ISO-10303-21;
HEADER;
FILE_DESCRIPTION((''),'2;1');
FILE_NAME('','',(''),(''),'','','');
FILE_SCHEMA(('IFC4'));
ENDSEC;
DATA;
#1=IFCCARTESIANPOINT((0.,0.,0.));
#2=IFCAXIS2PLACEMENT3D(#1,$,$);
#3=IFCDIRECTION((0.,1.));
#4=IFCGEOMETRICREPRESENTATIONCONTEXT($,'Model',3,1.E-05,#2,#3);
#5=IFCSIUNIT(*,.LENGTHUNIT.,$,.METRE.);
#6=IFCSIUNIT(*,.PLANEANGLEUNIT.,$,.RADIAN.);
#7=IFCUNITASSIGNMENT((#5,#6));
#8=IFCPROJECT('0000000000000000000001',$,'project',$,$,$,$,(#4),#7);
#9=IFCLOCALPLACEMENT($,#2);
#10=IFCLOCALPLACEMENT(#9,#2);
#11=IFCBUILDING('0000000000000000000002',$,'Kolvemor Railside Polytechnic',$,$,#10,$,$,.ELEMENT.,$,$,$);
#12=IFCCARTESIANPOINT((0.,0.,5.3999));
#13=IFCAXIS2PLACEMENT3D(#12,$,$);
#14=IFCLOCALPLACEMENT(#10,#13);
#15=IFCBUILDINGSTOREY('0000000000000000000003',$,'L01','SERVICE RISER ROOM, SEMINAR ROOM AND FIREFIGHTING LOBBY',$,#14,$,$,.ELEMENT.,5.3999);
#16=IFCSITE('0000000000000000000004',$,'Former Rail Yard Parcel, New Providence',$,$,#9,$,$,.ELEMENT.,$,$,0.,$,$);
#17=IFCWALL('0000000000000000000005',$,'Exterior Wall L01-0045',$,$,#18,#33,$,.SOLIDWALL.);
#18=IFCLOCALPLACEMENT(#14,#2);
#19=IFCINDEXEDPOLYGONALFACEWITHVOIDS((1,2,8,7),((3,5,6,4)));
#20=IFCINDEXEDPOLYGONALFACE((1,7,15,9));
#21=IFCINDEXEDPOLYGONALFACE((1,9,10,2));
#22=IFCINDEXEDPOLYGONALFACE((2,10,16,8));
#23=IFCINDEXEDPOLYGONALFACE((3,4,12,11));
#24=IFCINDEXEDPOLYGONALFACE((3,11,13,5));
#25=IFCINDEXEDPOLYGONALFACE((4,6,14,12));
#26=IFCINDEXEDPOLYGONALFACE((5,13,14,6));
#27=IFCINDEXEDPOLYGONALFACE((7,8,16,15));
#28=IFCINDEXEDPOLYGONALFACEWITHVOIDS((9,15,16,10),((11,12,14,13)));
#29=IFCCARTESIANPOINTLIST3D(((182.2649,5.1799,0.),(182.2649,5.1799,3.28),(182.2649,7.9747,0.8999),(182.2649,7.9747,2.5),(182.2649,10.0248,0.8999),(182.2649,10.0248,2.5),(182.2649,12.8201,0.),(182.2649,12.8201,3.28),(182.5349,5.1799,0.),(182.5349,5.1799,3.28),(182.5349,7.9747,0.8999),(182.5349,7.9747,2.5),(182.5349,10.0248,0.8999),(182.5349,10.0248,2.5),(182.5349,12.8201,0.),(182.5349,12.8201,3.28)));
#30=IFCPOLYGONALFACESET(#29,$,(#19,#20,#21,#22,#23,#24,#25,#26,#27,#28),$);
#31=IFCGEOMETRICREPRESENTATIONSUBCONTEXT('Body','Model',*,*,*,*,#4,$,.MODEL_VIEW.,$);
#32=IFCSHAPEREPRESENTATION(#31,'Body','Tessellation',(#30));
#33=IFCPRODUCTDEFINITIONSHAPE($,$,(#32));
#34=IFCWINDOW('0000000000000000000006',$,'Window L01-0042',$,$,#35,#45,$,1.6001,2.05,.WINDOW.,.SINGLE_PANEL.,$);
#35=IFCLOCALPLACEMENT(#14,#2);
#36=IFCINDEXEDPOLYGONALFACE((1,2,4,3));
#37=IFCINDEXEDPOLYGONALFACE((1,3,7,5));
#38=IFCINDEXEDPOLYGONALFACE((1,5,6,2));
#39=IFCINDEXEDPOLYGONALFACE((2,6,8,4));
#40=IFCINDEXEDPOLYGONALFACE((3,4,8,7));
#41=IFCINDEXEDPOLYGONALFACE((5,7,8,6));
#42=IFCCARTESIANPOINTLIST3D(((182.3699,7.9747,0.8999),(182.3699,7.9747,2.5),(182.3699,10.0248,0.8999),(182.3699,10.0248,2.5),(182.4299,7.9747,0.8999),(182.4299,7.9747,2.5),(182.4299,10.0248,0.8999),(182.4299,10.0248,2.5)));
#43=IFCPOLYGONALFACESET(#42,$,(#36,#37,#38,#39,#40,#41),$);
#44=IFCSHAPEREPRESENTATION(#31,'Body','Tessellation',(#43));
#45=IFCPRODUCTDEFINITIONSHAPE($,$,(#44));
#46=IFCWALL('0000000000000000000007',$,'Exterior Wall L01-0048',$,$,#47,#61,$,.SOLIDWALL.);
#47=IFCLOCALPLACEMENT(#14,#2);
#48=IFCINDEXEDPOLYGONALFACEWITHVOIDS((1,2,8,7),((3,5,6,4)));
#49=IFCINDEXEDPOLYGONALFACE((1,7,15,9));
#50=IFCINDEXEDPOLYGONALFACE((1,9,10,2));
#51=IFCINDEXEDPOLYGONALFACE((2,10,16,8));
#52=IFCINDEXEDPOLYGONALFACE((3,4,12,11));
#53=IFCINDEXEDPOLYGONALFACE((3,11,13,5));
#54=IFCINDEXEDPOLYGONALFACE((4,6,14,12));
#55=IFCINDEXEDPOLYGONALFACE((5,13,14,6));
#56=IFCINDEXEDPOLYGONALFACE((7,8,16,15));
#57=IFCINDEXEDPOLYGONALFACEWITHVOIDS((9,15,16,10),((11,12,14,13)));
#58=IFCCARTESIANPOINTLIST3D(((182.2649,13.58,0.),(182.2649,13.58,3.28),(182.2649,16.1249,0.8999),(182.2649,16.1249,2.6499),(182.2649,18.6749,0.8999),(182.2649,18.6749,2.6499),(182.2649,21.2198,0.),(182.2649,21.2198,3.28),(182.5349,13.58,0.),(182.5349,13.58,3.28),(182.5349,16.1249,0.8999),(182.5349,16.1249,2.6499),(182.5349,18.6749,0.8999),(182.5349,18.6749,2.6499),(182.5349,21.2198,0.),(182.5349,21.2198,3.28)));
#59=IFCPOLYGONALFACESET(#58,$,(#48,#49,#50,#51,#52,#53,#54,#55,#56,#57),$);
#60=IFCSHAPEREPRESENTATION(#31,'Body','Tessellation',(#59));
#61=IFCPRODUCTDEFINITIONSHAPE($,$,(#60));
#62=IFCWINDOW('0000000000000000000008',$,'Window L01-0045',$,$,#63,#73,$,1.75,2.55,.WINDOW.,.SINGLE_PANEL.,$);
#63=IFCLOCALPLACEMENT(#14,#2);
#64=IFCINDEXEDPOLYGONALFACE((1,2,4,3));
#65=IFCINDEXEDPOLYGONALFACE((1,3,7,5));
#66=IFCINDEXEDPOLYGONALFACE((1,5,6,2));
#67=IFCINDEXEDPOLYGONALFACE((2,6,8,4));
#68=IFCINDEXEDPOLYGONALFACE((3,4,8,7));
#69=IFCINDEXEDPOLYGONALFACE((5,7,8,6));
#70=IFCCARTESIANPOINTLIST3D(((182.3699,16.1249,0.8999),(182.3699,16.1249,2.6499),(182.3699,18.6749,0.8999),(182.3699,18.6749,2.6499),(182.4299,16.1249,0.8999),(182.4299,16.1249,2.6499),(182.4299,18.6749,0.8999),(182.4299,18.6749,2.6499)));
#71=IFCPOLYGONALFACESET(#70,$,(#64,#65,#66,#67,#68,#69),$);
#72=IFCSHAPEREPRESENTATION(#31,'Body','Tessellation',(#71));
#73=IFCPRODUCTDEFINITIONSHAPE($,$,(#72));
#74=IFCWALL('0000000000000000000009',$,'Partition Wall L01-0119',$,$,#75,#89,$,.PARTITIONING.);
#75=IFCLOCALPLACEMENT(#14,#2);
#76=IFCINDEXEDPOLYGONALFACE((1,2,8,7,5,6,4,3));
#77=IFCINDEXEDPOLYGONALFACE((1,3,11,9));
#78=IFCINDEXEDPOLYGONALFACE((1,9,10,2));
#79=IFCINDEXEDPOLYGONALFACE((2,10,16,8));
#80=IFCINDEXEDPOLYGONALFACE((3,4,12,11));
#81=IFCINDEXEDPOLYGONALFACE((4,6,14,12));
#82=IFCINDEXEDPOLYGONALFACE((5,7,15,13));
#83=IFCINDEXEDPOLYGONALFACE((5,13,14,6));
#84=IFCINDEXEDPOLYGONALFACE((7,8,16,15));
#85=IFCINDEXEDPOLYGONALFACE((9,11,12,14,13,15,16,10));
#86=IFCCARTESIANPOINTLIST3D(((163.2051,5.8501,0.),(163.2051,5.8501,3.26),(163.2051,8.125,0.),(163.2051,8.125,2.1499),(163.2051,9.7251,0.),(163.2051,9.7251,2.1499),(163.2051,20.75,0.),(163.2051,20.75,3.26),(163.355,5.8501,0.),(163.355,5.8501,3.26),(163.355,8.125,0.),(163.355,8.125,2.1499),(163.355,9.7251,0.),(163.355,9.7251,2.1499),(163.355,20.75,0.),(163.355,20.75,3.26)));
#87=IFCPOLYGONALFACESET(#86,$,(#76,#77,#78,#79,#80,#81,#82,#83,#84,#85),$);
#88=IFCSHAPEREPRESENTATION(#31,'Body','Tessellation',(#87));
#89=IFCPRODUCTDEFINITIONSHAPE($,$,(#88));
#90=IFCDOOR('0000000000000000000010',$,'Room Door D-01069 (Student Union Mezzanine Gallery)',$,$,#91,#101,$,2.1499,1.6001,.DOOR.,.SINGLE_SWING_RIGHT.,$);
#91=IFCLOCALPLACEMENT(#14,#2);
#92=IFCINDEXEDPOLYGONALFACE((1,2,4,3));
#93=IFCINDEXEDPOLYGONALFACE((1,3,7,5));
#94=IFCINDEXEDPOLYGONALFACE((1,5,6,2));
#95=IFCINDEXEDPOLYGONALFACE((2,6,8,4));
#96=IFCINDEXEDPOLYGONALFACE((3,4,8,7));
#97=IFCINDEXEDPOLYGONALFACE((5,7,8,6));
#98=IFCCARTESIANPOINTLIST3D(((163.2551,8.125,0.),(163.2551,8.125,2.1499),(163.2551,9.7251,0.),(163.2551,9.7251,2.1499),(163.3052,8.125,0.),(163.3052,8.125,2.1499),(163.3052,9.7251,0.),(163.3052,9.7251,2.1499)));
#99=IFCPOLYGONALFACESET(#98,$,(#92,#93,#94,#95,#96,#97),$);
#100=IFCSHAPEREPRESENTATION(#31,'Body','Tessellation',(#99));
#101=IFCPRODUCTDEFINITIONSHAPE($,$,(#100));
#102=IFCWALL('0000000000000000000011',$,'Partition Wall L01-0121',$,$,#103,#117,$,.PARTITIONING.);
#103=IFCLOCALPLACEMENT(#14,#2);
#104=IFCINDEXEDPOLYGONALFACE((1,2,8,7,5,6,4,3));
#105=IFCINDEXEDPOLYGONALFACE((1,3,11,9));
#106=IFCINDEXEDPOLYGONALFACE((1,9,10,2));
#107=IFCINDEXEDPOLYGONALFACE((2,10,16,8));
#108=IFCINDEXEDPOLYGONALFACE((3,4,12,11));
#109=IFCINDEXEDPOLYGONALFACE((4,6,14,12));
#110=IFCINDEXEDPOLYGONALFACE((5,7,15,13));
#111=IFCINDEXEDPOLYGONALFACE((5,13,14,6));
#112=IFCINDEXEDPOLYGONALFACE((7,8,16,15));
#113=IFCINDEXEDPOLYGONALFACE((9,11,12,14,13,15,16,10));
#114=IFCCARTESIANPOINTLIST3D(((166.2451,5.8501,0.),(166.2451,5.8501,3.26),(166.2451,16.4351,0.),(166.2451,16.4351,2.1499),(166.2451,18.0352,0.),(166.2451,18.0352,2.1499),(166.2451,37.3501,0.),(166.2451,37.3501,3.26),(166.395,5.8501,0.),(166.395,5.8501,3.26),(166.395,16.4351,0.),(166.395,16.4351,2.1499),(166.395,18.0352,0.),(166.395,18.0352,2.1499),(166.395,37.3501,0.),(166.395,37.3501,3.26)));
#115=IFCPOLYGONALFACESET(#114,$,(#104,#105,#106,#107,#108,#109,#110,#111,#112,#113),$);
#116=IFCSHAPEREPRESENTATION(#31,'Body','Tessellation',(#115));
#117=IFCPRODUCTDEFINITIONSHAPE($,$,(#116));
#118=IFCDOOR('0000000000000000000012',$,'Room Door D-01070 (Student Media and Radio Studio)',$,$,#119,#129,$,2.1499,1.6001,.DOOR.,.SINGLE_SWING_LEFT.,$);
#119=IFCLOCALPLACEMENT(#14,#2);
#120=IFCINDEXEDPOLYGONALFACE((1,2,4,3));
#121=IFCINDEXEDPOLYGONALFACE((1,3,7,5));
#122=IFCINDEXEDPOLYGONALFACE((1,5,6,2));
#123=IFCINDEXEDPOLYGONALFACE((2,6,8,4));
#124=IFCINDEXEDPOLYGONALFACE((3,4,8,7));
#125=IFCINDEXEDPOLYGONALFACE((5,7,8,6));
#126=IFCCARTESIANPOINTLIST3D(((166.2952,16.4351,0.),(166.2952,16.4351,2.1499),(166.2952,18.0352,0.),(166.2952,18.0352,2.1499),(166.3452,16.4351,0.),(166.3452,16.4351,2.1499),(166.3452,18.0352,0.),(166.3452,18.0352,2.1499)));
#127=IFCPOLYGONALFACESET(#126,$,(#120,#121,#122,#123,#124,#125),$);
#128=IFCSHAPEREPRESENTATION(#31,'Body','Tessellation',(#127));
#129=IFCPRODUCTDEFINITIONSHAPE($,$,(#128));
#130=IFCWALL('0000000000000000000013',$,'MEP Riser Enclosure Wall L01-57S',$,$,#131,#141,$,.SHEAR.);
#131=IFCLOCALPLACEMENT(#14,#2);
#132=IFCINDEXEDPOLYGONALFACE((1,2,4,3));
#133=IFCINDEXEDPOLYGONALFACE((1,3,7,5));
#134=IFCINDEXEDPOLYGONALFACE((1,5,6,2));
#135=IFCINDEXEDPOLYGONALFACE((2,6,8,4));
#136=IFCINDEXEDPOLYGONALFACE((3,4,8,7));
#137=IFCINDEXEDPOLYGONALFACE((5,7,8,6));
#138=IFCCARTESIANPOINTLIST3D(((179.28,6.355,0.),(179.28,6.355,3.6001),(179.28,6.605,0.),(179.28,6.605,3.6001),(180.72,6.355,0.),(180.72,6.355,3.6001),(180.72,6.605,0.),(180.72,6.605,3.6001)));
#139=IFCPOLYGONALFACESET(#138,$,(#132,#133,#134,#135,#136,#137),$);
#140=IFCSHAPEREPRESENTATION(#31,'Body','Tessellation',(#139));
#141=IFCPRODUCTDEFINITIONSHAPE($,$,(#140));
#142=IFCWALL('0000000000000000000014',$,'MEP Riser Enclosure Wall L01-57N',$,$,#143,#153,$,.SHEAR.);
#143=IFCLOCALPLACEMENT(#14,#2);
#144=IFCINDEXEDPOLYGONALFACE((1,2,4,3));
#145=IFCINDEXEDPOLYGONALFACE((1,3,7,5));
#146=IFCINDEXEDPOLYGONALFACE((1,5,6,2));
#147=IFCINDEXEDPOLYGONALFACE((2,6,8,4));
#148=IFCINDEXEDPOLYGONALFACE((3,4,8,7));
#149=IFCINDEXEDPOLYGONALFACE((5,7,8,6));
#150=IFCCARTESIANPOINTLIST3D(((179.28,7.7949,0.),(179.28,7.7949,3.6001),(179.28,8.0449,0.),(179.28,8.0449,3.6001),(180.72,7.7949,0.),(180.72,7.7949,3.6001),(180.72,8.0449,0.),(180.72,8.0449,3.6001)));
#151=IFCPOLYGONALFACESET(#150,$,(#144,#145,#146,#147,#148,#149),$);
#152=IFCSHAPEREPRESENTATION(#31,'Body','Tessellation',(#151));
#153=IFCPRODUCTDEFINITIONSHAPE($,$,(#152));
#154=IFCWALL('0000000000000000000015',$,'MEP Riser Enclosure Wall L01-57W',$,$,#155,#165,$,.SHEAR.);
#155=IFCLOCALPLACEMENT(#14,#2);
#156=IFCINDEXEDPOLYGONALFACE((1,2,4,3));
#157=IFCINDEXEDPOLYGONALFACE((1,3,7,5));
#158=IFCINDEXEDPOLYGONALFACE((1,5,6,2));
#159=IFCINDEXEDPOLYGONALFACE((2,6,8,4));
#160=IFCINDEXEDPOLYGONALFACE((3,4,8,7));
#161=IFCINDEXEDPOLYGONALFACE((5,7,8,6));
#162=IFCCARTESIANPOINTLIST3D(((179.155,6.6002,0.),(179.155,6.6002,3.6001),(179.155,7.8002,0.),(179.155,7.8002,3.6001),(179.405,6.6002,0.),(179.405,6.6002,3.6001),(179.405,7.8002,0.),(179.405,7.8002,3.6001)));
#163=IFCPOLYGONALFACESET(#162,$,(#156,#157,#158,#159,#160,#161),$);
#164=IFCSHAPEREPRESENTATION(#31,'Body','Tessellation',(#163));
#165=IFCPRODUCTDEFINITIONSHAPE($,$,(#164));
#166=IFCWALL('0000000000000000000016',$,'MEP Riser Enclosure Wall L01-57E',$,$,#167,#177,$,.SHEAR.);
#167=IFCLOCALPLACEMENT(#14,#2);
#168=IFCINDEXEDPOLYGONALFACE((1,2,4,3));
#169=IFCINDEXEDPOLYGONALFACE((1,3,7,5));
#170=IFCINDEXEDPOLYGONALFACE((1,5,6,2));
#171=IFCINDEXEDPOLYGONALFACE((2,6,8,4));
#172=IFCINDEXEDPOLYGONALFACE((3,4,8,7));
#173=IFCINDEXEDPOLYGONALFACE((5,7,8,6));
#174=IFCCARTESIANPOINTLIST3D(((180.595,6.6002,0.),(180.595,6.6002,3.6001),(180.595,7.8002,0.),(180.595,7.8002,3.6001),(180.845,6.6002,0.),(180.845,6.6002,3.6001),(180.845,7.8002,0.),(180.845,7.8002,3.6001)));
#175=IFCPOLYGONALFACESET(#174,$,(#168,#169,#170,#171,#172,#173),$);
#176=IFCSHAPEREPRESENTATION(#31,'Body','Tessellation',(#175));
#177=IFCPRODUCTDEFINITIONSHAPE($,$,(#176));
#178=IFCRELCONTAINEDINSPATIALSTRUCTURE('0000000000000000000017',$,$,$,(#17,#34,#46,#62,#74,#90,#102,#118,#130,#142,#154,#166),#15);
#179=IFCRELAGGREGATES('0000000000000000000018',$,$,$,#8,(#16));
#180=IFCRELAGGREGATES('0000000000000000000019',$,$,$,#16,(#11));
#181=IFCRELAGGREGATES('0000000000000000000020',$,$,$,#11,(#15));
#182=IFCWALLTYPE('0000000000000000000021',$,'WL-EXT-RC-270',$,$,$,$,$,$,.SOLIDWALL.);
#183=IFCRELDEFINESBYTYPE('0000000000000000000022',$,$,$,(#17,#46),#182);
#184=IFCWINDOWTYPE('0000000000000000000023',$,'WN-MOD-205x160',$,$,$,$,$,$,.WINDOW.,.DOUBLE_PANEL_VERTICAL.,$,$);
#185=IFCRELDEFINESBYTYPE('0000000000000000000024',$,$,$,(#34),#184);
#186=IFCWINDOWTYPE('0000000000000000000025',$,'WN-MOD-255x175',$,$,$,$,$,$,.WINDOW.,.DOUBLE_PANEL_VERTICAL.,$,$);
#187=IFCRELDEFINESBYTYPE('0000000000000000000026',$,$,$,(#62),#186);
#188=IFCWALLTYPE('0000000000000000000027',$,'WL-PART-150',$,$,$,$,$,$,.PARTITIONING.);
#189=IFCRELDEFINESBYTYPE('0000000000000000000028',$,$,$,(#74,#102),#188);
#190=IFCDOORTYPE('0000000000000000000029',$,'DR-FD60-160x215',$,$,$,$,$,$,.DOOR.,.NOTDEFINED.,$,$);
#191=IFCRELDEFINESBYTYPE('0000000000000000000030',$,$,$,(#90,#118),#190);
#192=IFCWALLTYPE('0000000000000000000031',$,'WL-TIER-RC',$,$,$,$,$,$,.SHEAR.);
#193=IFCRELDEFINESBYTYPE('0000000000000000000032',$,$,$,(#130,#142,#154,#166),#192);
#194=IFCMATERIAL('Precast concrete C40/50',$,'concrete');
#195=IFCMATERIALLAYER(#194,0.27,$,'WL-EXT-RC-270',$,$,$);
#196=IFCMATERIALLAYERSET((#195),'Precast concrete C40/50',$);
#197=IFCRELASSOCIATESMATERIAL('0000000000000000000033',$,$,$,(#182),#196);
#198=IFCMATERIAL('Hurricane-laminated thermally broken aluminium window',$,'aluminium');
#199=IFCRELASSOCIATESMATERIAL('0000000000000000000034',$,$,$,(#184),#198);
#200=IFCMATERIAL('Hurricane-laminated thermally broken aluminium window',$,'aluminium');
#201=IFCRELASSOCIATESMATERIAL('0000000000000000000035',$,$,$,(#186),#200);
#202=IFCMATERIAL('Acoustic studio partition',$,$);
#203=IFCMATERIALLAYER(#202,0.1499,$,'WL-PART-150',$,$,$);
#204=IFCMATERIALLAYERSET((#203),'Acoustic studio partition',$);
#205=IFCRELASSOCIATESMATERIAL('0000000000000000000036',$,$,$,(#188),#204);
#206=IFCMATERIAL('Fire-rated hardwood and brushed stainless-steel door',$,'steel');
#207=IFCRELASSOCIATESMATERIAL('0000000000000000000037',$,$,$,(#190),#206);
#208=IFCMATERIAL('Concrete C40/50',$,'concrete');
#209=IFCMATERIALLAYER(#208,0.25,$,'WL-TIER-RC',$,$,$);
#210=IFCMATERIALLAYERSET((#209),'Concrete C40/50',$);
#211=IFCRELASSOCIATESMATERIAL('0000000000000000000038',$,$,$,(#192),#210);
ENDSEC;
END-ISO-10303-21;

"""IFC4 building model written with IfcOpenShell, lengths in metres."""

from ifc_helpers import new_model, si_unit, direction, frame, frame_2d, origin, place, context, subcontext, project, spatial, rectangle, extrude, material, layer, layer_set, type_object, element, fill, save


model = new_model("IFC4")

# Units and contexts
model_context = context("Model", 3, precision=1e-05, world=origin(), true_north=direction((0.0, 1.0)))
body_context = subcontext(model_context, "Body", "Model", "MODEL_VIEW")
ifc_project = project(units=[si_unit("LENGTHUNIT", "METRE"), si_unit("PLANEANGLEUNIT", "RADIAN")], contexts=[model_context])

# Site, building, storey
site_placement = place(None, origin())
site = spatial("IfcSite", under=ifc_project, at=site_placement, Name="Former Rail Yard Parcel, New Providence", CompositionType="ELEMENT", RefElevation=0.0)
building_placement = place(site_placement, origin())
building = spatial("IfcBuilding", under=site, at=building_placement, Name="Kolvemor Railside Polytechnic", CompositionType="ELEMENT")
storey_placement = place(building_placement, frame((0.0, 0.0, 5.3999)))
storey = spatial("IfcBuildingStorey", under=building, at=storey_placement, Name="L01", Description="SERVICE RISER ROOM, SEMINAR ROOM AND FIREFIGHTING LOBBY", CompositionType="ELEMENT", Elevation=5.3999)

# Walls, openings, windows
ifc_material_1 = material(Name="Precast concrete C40/50", Category="concrete")
ifc_layer_1 = layer(ifc_material_1, 0.27, Name="WL-EXT-RC-270")
ifc_layer_set_1 = layer_set([ifc_layer_1], Name="Precast concrete C40/50")
wall_type_1 = type_object("IfcWallType", Name="WL-EXT-RC-270", PredefinedType="SOLIDWALL", material=ifc_layer_set_1)
wall_1_placement = place(storey_placement, frame((182.3999, 5.1799, 0.0), z_axis=(0.0, 0.0, 1.0), x_axis=(0.0, 1.0, 0.0)))
wall_1 = element("IfcWall", 1, at=wall_1_placement, inside=storey, type_object=wall_type_1, Name="Exterior Wall L01-0045", PredefinedType="SOLIDWALL", context=body_context, shape_type="SweptSolid", body=[
    extrude(rectangle(XDim=7.6401, YDim=0.27, at=frame_2d((3.8201, 0.0))), origin(), (0.0, 0.0, 1.0), 3.28),
])
opening_1_placement = place(wall_1_placement, frame((2.7949, 0.0, 0.8999)))
opening_1 = element("IfcOpeningElement", 2, at=opening_1_placement, cuts=wall_1, PredefinedType="OPENING", context=body_context, shape_type="SweptSolid", body=[
    extrude(rectangle(XDim=2.05, YDim=1.6001, at=frame_2d((1.0249, 0.8))), frame((0.0, 0.145, 0.0), z_axis=(0.0, -1.0, 0.0), x_axis=(1.0, 0.0, 0.0)), (0.0, 0.0, 1.0), 0.29),
])
ifc_material_2 = material(Name="Hurricane-laminated thermally broken aluminium window", Category="aluminium")
window_type_1 = type_object("IfcWindowType", Name="WN-MOD-205x160", PartitioningType="DOUBLE_PANEL_VERTICAL", PredefinedType="WINDOW", material=ifc_material_2)
window_1_placement = place(opening_1_placement, origin())
window_1 = element("IfcWindow", 3, at=window_1_placement, inside=storey, type_object=window_type_1, Name="Window L01-0042", OverallHeight=1.6001, OverallWidth=2.05, PartitioningType="SINGLE_PANEL", PredefinedType="WINDOW", context=body_context, shape_type="SweptSolid", body=[
    extrude(rectangle(XDim=2.05, YDim=1.6001, at=frame_2d((1.0249, 0.8))), frame((0.0, 0.03, 0.0), z_axis=(0.0, -1.0, 0.0), x_axis=(1.0, 0.0, 0.0)), (0.0, 0.0, 1.0), 0.0601),
])
fill(opening_1, window_1)
wall_2_placement = place(storey_placement, frame((182.3999, 13.5801, 0.0), z_axis=(0.0, 0.0, 1.0), x_axis=(0.0, 1.0, 0.0)))
wall_2 = element("IfcWall", 4, at=wall_2_placement, inside=storey, type_object=wall_type_1, Name="Exterior Wall L01-0048", PredefinedType="SOLIDWALL", context=body_context, shape_type="SweptSolid", body=[
    extrude(rectangle(XDim=7.6399, YDim=0.27, at=frame_2d((3.8198, 0.0))), origin(), (0.0, 0.0, 1.0), 3.28),
])
opening_2_placement = place(wall_2_placement, frame((2.5449, 0.0, 0.8999)))
opening_2 = element("IfcOpeningElement", 5, at=opening_2_placement, cuts=wall_2, PredefinedType="OPENING", context=body_context, shape_type="SweptSolid", body=[
    extrude(rectangle(XDim=2.55, YDim=1.75, at=frame_2d((1.2749, 0.875))), frame((0.0, 0.145, 0.0), z_axis=(0.0, -1.0, 0.0), x_axis=(1.0, 0.0, 0.0)), (0.0, 0.0, 1.0), 0.29),
])
ifc_material_3 = material(Name="Hurricane-laminated thermally broken aluminium window", Category="aluminium")
window_type_2 = type_object("IfcWindowType", Name="WN-MOD-255x175", PartitioningType="DOUBLE_PANEL_VERTICAL", PredefinedType="WINDOW", material=ifc_material_3)
window_2_placement = place(opening_2_placement, origin())
window_2 = element("IfcWindow", 6, at=window_2_placement, inside=storey, type_object=window_type_2, Name="Window L01-0045", OverallHeight=1.75, OverallWidth=2.55, PartitioningType="SINGLE_PANEL", PredefinedType="WINDOW", context=body_context, shape_type="SweptSolid", body=[
    extrude(rectangle(XDim=2.55, YDim=1.75, at=frame_2d((1.2749, 0.875))), frame((0.0, 0.03, 0.0), z_axis=(0.0, -1.0, 0.0), x_axis=(1.0, 0.0, 0.0)), (0.0, 0.0, 1.0), 0.0601),
])
fill(opening_2, window_2)

# Walls, openings, doors
ifc_material_4 = material(Name="Acoustic studio partition")
ifc_layer_2 = layer(ifc_material_4, 0.1499, Name="WL-PART-150")
ifc_layer_set_2 = layer_set([ifc_layer_2], Name="Acoustic studio partition")
wall_type_2 = type_object("IfcWallType", Name="WL-PART-150", PredefinedType="PARTITIONING", material=ifc_layer_set_2)
wall_3_placement = place(storey_placement, frame((163.28, 5.8501, 0.0), z_axis=(0.0, 0.0, 1.0), x_axis=(0.0, 1.0, 0.0)))
wall_3 = element("IfcWall", 7, at=wall_3_placement, inside=storey, type_object=wall_type_2, Name="Partition Wall L01-0119", PredefinedType="PARTITIONING", context=body_context, shape_type="SweptSolid", body=[
    extrude(rectangle(XDim=14.8999, YDim=0.1499, at=frame_2d((7.45, 0.0))), origin(), (0.0, 0.0, 1.0), 3.26),
])
opening_3_placement = place(wall_3_placement, frame((2.2749, 0.0, 0.0)))
opening_3 = element("IfcOpeningElement", 8, at=opening_3_placement, cuts=wall_3, PredefinedType="OPENING", context=body_context, shape_type="SweptSolid", body=[
    extrude(rectangle(XDim=1.6001, YDim=2.1499, at=frame_2d((0.8, 1.075))), frame((0.0, 0.085, 0.0), z_axis=(0.0, -1.0, 0.0), x_axis=(1.0, 0.0, 0.0)), (0.0, 0.0, 1.0), 0.1699),
])
ifc_material_5 = material(Name="Fire-rated hardwood and brushed stainless-steel door", Category="steel")
door_type = type_object("IfcDoorType", Name="DR-FD60-160x215", OperationType="NOTDEFINED", PredefinedType="DOOR", material=ifc_material_5)
door_1_placement = place(opening_3_placement, origin())
door_1 = element("IfcDoor", 9, at=door_1_placement, inside=storey, type_object=door_type, Name="Room Door D-01069 (Student Union Mezzanine Gallery)", OperationType="SINGLE_SWING_RIGHT", OverallHeight=2.1499, OverallWidth=1.6001, PredefinedType="DOOR", context=body_context, shape_type="SweptSolid", body=[
    extrude(rectangle(XDim=1.6001, YDim=2.1499, at=frame_2d((0.8, 1.075))), frame((0.0, 0.0249, 0.0), z_axis=(0.0, -1.0, 0.0), x_axis=(1.0, 0.0, 0.0)), (0.0, 0.0, 1.0), 0.05),
])
fill(opening_3, door_1)
wall_4_placement = place(storey_placement, frame((166.3201, 5.8501, 0.0), z_axis=(0.0, 0.0, 1.0), x_axis=(0.0, 1.0, 0.0)))
wall_4 = element("IfcWall", 10, at=wall_4_placement, inside=storey, type_object=wall_type_2, Name="Partition Wall L01-0121", PredefinedType="PARTITIONING", context=body_context, shape_type="SweptSolid", body=[
    extrude(rectangle(XDim=31.5, YDim=0.1499, at=frame_2d((15.75, 0.0))), origin(), (0.0, 0.0, 1.0), 3.26),
])
opening_4_placement = place(wall_4_placement, frame((10.585, 0.0, 0.0)))
opening_4 = element("IfcOpeningElement", 11, at=opening_4_placement, cuts=wall_4, PredefinedType="OPENING", context=body_context, shape_type="SweptSolid", body=[
    extrude(rectangle(XDim=1.6001, YDim=2.1499, at=frame_2d((0.8, 1.075))), frame((0.0, 0.085, 0.0), z_axis=(0.0, -1.0, 0.0), x_axis=(1.0, 0.0, 0.0)), (0.0, 0.0, 1.0), 0.1699),
])
door_2_placement = place(opening_4_placement, origin())
door_2 = element("IfcDoor", 12, at=door_2_placement, inside=storey, type_object=door_type, Name="Room Door D-01070 (Student Media and Radio Studio)", OperationType="SINGLE_SWING_LEFT", OverallHeight=2.1499, OverallWidth=1.6001, PredefinedType="DOOR", context=body_context, shape_type="SweptSolid", body=[
    extrude(rectangle(XDim=1.6001, YDim=2.1499, at=frame_2d((0.8, 1.075))), frame((0.0, 0.0249, 0.0), z_axis=(0.0, -1.0, 0.0), x_axis=(1.0, 0.0, 0.0)), (0.0, 0.0, 1.0), 0.05),
])
fill(opening_4, door_2)

# Walls
ifc_material_6 = material(Name="Concrete C40/50", Category="concrete")
ifc_layer_3 = layer(ifc_material_6, 0.25, Name="WL-TIER-RC")
ifc_layer_set_3 = layer_set([ifc_layer_3], Name="Concrete C40/50")
wall_type_3 = type_object("IfcWallType", Name="WL-TIER-RC", PredefinedType="SHEAR", material=ifc_layer_set_3)
for number, where, z_axis, x_axis, name in (
    (13, (179.28, 6.48, 0.0), (0.0, 0.0, 1.0), (1.0, 0.0, 0.0), "MEP Riser Enclosure Wall L01-57S"),
    (14, (179.28, 7.9199, 0.0), (0.0, 0.0, 1.0), (1.0, 0.0, 0.0), "MEP Riser Enclosure Wall L01-57N"),
):
    element("IfcWall", number, at=place(storey_placement, frame(where, z_axis=z_axis, x_axis=x_axis)), inside=storey, type_object=wall_type_3, Name=name, PredefinedType="SHEAR", context=body_context, shape_type="SweptSolid", body=[
        extrude(rectangle(XDim=1.4399, YDim=0.25, at=frame_2d((0.72, 0.0))), origin(), (0.0, 0.0, 1.0), 3.6001),
    ])
for number, where, z_axis, x_axis, name in (
    (15, (179.28, 6.6001, 0.0), (0.0, 0.0, 1.0), (0.0, 1.0, 0.0), "MEP Riser Enclosure Wall L01-57W"),
    (16, (180.72, 6.6001, 0.0), (0.0, 0.0, 1.0), (0.0, 1.0, 0.0), "MEP Riser Enclosure Wall L01-57E"),
):
    element("IfcWall", number, at=place(storey_placement, frame(where, z_axis=z_axis, x_axis=x_axis)), inside=storey, type_object=wall_type_3, Name=name, PredefinedType="SHEAR", context=body_context, shape_type="SweptSolid", body=[
        extrude(rectangle(XDim=1.2, YDim=0.25, at=frame_2d((0.6001, 0.0))), origin(), (0.0, 0.0, 1.0), 3.6001),
    ])

save(model, "model.ifc")
